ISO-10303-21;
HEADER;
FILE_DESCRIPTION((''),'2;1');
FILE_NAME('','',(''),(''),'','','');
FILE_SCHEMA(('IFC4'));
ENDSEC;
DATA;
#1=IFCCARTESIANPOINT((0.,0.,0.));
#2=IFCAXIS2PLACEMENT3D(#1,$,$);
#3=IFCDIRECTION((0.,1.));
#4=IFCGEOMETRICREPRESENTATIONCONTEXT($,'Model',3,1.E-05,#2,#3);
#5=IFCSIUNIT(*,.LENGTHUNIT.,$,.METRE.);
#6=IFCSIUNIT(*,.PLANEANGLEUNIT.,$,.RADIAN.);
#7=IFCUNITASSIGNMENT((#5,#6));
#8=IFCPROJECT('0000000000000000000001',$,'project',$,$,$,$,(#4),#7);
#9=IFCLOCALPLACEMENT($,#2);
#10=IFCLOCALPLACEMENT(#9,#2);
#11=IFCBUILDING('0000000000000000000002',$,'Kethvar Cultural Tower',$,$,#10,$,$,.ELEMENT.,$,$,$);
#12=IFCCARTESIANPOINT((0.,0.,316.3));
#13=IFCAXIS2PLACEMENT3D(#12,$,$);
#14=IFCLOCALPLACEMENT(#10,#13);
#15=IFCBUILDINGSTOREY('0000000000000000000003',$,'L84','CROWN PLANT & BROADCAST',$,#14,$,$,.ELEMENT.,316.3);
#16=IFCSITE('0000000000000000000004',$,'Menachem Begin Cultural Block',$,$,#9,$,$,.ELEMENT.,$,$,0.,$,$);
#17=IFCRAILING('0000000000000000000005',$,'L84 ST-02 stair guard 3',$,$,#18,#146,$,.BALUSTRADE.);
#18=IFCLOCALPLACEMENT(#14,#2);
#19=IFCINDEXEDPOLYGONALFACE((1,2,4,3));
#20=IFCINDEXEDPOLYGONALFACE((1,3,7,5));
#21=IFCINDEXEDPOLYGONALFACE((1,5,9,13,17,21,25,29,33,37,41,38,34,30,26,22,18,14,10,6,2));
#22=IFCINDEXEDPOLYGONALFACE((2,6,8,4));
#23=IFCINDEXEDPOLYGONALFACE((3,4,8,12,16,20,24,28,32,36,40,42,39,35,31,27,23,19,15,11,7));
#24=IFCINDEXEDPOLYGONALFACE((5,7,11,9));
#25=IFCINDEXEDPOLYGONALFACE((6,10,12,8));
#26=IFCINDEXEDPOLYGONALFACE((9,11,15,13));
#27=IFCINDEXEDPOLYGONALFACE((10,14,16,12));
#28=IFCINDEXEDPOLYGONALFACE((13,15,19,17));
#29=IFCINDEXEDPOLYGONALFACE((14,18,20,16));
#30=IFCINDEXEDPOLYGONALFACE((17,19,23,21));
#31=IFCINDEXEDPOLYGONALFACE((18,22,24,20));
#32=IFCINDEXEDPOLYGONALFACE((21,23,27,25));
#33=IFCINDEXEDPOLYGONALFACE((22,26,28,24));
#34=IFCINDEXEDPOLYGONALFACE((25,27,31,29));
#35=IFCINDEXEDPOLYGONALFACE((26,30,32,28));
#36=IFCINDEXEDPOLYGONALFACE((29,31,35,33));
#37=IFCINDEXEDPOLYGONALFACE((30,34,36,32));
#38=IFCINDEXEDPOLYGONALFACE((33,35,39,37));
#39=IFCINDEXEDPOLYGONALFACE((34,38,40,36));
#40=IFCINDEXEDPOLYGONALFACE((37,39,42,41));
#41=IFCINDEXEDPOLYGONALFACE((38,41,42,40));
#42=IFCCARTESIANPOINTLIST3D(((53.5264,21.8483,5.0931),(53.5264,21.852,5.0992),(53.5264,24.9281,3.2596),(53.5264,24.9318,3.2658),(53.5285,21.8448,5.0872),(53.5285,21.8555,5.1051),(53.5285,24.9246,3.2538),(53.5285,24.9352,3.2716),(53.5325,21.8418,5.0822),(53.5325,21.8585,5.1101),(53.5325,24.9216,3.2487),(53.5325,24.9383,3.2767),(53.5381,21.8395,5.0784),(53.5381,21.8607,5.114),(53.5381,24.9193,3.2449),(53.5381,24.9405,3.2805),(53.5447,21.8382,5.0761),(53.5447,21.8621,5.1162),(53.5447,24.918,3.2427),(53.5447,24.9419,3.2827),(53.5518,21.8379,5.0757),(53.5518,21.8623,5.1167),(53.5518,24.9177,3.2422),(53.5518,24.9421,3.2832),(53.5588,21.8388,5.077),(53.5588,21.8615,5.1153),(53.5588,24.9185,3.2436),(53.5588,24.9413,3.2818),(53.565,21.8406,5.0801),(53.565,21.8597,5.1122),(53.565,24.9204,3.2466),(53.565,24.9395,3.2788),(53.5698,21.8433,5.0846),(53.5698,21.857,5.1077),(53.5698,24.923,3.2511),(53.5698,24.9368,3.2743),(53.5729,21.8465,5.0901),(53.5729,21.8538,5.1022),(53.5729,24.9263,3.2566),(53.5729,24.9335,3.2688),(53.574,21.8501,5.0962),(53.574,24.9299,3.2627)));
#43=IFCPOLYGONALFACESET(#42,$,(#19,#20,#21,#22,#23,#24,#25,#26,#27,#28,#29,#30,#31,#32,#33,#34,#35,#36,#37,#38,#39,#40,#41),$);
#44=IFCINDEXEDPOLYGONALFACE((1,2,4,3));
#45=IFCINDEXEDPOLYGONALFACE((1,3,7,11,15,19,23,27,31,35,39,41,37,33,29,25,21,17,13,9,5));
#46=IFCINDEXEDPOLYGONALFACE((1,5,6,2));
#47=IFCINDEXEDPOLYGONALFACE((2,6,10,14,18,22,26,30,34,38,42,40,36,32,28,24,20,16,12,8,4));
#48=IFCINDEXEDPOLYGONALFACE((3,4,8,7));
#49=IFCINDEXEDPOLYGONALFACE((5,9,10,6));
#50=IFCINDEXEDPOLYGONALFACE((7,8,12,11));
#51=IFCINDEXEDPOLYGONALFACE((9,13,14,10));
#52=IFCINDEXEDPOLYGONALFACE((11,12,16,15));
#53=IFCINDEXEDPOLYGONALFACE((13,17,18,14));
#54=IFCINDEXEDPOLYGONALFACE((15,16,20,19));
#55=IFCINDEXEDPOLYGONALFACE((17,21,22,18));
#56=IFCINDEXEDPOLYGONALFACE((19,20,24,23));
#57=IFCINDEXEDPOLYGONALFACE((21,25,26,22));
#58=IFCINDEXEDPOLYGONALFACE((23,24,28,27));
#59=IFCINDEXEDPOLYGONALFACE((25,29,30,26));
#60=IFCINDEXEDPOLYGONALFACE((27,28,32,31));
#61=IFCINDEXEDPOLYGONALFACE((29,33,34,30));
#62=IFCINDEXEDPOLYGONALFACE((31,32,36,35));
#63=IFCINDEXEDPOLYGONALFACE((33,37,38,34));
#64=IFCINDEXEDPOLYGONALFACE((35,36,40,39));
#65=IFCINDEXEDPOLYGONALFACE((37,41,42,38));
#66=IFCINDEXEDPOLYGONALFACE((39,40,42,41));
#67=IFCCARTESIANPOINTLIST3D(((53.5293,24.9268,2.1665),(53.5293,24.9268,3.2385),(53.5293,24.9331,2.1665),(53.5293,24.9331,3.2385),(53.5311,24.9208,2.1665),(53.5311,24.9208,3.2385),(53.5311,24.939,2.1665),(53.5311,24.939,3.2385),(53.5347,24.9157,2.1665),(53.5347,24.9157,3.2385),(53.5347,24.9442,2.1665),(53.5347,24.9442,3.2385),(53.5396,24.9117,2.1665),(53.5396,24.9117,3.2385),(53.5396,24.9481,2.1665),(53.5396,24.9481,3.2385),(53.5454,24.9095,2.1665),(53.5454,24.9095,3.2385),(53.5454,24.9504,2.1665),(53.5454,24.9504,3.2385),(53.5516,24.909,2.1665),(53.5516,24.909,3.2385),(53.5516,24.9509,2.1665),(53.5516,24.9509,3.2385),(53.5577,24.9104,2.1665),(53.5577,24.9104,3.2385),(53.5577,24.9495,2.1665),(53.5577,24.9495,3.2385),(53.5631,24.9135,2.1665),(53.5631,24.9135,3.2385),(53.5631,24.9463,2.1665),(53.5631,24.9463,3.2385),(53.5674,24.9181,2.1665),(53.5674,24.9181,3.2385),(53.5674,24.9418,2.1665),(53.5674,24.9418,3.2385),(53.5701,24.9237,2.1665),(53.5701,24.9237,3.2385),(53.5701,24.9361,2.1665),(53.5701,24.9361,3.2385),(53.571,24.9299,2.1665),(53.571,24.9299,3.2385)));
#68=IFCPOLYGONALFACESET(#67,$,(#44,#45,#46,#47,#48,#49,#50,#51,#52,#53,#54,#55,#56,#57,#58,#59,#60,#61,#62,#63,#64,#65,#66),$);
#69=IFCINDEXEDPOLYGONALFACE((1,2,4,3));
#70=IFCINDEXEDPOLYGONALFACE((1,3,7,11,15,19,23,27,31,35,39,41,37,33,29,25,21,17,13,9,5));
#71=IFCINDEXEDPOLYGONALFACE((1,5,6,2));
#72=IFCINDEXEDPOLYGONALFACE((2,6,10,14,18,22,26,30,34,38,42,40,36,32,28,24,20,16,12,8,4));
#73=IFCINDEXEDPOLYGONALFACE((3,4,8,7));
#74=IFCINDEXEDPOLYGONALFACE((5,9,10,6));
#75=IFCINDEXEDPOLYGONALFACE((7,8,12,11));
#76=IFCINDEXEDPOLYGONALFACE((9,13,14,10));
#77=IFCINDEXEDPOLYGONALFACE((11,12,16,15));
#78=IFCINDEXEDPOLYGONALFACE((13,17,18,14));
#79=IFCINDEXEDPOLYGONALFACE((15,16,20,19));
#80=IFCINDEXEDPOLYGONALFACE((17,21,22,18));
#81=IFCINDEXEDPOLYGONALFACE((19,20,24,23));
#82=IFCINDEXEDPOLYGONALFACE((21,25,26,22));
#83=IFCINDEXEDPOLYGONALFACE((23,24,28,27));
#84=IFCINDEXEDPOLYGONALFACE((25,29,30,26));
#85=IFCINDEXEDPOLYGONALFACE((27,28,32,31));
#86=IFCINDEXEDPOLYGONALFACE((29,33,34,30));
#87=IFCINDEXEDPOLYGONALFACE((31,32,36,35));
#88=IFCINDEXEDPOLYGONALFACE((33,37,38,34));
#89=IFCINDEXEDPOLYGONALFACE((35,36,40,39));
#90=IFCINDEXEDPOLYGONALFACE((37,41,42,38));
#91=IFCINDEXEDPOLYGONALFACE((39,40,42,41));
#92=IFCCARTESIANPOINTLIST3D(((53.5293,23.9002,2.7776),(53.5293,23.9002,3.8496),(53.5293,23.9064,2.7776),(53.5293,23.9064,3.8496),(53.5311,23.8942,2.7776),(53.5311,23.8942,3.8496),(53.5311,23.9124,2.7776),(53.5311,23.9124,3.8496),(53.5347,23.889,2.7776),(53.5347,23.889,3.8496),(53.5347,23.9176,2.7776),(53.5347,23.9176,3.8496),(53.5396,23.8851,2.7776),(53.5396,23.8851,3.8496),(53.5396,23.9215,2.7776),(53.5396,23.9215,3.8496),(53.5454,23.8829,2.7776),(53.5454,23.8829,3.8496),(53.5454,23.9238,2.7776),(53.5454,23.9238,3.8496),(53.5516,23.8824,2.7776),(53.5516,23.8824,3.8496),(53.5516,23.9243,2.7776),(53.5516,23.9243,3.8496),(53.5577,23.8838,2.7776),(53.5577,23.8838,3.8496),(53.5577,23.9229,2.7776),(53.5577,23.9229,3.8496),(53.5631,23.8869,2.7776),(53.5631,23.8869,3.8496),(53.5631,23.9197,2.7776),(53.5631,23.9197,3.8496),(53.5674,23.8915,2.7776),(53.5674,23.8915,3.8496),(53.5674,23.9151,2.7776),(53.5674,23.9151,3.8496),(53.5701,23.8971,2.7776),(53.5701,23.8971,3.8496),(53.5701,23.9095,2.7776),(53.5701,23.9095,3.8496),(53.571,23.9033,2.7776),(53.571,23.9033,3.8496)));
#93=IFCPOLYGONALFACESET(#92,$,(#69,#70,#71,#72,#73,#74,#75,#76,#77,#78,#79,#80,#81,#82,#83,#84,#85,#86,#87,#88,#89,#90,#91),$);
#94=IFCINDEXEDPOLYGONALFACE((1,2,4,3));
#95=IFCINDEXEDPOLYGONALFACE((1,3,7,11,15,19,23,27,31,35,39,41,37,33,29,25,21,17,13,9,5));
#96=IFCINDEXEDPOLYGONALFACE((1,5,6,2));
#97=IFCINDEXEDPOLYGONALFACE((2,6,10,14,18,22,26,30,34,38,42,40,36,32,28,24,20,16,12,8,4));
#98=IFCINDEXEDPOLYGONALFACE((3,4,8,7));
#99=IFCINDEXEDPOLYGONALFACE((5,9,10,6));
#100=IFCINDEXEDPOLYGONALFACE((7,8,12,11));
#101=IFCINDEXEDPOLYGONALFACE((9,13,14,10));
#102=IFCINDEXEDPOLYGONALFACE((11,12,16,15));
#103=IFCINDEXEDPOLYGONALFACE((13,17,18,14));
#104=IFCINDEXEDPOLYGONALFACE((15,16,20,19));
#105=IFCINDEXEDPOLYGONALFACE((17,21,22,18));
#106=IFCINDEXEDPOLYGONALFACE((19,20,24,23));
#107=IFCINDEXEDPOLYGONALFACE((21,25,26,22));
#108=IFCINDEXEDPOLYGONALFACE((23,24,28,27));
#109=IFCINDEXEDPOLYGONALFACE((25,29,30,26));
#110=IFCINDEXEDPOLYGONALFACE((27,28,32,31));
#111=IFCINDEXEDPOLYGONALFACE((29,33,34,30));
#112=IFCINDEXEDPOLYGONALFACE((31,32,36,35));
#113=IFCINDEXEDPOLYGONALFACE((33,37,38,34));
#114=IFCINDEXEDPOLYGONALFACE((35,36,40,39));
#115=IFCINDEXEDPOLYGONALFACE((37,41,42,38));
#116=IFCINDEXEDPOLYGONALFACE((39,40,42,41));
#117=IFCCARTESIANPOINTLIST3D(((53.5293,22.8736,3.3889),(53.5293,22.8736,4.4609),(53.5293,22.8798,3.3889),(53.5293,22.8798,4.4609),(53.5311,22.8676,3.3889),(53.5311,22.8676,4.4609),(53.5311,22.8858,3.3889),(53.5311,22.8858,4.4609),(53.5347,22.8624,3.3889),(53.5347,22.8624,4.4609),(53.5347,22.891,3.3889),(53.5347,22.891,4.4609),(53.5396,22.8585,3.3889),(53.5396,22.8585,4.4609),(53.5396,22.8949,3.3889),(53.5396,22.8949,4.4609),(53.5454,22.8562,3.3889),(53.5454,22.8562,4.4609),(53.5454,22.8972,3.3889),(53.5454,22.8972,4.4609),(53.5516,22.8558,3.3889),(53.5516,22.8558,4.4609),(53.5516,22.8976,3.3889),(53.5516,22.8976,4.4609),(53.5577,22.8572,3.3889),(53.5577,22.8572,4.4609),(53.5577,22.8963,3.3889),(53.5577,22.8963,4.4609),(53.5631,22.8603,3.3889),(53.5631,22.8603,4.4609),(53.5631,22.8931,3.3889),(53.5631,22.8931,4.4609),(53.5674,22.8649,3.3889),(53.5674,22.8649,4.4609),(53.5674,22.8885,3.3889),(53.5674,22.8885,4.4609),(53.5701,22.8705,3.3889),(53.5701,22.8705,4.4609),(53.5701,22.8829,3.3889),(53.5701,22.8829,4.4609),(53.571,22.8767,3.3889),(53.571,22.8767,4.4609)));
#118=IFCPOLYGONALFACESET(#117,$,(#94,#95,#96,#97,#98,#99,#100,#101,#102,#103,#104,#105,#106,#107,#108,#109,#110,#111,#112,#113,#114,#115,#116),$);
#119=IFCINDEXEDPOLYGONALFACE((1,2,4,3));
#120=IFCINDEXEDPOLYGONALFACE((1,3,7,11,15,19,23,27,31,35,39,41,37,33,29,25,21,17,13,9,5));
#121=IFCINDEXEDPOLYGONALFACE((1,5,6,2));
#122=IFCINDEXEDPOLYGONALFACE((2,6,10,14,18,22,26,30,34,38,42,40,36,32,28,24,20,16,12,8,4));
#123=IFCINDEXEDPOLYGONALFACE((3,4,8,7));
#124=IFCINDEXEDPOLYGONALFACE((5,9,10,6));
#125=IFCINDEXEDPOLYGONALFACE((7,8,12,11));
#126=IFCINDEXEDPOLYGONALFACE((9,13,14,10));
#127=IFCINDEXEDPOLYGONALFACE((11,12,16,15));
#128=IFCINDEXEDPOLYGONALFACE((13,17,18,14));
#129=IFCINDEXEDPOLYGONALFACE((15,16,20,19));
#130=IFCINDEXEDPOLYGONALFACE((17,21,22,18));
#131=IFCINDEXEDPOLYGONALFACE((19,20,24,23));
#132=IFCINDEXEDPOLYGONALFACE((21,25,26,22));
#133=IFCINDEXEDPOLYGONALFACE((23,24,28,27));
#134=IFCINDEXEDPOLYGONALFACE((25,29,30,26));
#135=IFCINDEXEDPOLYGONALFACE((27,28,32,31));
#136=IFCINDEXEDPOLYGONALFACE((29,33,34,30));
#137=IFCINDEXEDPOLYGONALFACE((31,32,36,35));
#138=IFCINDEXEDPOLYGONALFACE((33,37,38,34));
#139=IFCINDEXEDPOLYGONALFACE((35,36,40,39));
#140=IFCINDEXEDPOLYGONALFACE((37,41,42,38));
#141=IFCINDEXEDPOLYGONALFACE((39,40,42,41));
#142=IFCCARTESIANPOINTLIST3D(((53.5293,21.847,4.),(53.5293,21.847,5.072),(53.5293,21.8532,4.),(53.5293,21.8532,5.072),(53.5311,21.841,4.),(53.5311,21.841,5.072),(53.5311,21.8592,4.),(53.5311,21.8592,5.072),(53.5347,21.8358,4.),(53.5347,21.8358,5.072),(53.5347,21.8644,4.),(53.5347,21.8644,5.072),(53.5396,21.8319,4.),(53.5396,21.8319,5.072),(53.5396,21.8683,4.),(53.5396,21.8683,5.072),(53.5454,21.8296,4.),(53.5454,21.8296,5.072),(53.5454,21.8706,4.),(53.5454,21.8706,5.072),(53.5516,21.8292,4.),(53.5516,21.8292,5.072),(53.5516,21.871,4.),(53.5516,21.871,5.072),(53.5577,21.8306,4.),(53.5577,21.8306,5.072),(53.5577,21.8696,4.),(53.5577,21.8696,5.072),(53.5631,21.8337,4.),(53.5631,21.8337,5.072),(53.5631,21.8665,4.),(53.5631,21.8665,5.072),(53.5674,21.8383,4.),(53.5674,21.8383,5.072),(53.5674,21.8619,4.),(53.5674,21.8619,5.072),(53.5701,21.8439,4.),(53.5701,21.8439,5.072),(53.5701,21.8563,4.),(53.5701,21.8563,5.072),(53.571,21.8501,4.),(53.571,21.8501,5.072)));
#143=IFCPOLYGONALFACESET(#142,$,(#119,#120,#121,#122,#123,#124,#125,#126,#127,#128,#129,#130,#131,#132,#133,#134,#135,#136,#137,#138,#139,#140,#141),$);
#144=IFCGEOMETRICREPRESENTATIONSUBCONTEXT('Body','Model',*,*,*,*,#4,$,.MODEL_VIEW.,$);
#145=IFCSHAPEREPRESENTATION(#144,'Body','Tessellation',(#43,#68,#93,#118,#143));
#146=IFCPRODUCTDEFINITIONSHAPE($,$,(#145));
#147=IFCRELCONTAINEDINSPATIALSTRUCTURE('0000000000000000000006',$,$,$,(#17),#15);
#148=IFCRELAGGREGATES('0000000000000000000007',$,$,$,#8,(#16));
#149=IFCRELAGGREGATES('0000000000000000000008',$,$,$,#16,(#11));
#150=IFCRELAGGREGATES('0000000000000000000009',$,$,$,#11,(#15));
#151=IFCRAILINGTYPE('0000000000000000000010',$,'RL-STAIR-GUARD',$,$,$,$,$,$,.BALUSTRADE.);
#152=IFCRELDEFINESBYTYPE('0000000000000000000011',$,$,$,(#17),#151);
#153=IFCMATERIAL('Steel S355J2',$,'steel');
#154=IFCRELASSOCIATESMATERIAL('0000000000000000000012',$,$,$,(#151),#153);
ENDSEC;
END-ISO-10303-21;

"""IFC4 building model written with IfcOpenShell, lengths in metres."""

from ifc_helpers import new_model, si_unit, direction, frame, origin, origin_2d, place, context, subcontext, project, spatial, circle, extrude, material, type_object, element, save


model = new_model("IFC4")

# Units and contexts
model_context = context("Model", 3, precision=1e-05, world=origin(), true_north=direction((0.0, 1.0)))
body_context = subcontext(model_context, "Body", "Model", "MODEL_VIEW")
ifc_project = project(units=[si_unit("LENGTHUNIT", "METRE"), si_unit("PLANEANGLEUNIT", "RADIAN")], contexts=[model_context])

# Site, building, storey
site_placement = place(None, origin())
site = spatial("IfcSite", under=ifc_project, at=site_placement, Name="Menachem Begin Cultural Block", CompositionType="ELEMENT", RefElevation=0.0)
building_placement = place(site_placement, origin())
building = spatial("IfcBuilding", under=site, at=building_placement, Name="Kethvar Cultural Tower", CompositionType="ELEMENT")
storey_placement = place(building_placement, frame((0.0, 0.0, 316.3)))
storey = spatial("IfcBuildingStorey", under=building, at=storey_placement, Name="L84", Description="CROWN PLANT & BROADCAST", CompositionType="ELEMENT", Elevation=316.3)

# Shared definitions
ifc_material_1 = material(Name="Steel S355J2", Category="steel")

# Railing
railing_type_1 = type_object("IfcRailingType", Name="RL-STAIR-GUARD", PredefinedType="BALUSTRADE", material=ifc_material_1)
railing_1_placement = place(storey_placement, frame((53.55, 24.9299, 2.1665)))
element("IfcRailing", 1, at=railing_1_placement, inside=storey, type_object=railing_type_1, Name="L84 ST-02 stair guard 3", PredefinedType="BALUSTRADE", context=body_context, shape_type="SweptSolid", body=[
    extrude(circle(Radius=0.0239, at=origin_2d()), frame((0.0, 0.0, 1.0962), z_axis=(0.0, -0.859261, 0.511538), x_axis=(1.0, 0.0, 0.0)), (0.0, 0.0, 1.0), 3.5842),
    extrude(circle(Radius=0.021, at=origin_2d()), origin(), (0.0, 0.0, 1.0), 1.072),
    extrude(circle(Radius=0.021, at=origin_2d()), frame((0.0, -1.0266, 0.6111)), (0.0, 0.0, 1.0), 1.072),
    extrude(circle(Radius=0.021, at=origin_2d()), frame((0.0, -2.0532, 1.2224)), (0.0, 0.0, 1.0), 1.072),
    extrude(circle(Radius=0.021, at=origin_2d()), frame((0.0, -3.0798, 1.8335)), (0.0, 0.0, 1.0), 1.072),
])

save(model, "model.ifc")
